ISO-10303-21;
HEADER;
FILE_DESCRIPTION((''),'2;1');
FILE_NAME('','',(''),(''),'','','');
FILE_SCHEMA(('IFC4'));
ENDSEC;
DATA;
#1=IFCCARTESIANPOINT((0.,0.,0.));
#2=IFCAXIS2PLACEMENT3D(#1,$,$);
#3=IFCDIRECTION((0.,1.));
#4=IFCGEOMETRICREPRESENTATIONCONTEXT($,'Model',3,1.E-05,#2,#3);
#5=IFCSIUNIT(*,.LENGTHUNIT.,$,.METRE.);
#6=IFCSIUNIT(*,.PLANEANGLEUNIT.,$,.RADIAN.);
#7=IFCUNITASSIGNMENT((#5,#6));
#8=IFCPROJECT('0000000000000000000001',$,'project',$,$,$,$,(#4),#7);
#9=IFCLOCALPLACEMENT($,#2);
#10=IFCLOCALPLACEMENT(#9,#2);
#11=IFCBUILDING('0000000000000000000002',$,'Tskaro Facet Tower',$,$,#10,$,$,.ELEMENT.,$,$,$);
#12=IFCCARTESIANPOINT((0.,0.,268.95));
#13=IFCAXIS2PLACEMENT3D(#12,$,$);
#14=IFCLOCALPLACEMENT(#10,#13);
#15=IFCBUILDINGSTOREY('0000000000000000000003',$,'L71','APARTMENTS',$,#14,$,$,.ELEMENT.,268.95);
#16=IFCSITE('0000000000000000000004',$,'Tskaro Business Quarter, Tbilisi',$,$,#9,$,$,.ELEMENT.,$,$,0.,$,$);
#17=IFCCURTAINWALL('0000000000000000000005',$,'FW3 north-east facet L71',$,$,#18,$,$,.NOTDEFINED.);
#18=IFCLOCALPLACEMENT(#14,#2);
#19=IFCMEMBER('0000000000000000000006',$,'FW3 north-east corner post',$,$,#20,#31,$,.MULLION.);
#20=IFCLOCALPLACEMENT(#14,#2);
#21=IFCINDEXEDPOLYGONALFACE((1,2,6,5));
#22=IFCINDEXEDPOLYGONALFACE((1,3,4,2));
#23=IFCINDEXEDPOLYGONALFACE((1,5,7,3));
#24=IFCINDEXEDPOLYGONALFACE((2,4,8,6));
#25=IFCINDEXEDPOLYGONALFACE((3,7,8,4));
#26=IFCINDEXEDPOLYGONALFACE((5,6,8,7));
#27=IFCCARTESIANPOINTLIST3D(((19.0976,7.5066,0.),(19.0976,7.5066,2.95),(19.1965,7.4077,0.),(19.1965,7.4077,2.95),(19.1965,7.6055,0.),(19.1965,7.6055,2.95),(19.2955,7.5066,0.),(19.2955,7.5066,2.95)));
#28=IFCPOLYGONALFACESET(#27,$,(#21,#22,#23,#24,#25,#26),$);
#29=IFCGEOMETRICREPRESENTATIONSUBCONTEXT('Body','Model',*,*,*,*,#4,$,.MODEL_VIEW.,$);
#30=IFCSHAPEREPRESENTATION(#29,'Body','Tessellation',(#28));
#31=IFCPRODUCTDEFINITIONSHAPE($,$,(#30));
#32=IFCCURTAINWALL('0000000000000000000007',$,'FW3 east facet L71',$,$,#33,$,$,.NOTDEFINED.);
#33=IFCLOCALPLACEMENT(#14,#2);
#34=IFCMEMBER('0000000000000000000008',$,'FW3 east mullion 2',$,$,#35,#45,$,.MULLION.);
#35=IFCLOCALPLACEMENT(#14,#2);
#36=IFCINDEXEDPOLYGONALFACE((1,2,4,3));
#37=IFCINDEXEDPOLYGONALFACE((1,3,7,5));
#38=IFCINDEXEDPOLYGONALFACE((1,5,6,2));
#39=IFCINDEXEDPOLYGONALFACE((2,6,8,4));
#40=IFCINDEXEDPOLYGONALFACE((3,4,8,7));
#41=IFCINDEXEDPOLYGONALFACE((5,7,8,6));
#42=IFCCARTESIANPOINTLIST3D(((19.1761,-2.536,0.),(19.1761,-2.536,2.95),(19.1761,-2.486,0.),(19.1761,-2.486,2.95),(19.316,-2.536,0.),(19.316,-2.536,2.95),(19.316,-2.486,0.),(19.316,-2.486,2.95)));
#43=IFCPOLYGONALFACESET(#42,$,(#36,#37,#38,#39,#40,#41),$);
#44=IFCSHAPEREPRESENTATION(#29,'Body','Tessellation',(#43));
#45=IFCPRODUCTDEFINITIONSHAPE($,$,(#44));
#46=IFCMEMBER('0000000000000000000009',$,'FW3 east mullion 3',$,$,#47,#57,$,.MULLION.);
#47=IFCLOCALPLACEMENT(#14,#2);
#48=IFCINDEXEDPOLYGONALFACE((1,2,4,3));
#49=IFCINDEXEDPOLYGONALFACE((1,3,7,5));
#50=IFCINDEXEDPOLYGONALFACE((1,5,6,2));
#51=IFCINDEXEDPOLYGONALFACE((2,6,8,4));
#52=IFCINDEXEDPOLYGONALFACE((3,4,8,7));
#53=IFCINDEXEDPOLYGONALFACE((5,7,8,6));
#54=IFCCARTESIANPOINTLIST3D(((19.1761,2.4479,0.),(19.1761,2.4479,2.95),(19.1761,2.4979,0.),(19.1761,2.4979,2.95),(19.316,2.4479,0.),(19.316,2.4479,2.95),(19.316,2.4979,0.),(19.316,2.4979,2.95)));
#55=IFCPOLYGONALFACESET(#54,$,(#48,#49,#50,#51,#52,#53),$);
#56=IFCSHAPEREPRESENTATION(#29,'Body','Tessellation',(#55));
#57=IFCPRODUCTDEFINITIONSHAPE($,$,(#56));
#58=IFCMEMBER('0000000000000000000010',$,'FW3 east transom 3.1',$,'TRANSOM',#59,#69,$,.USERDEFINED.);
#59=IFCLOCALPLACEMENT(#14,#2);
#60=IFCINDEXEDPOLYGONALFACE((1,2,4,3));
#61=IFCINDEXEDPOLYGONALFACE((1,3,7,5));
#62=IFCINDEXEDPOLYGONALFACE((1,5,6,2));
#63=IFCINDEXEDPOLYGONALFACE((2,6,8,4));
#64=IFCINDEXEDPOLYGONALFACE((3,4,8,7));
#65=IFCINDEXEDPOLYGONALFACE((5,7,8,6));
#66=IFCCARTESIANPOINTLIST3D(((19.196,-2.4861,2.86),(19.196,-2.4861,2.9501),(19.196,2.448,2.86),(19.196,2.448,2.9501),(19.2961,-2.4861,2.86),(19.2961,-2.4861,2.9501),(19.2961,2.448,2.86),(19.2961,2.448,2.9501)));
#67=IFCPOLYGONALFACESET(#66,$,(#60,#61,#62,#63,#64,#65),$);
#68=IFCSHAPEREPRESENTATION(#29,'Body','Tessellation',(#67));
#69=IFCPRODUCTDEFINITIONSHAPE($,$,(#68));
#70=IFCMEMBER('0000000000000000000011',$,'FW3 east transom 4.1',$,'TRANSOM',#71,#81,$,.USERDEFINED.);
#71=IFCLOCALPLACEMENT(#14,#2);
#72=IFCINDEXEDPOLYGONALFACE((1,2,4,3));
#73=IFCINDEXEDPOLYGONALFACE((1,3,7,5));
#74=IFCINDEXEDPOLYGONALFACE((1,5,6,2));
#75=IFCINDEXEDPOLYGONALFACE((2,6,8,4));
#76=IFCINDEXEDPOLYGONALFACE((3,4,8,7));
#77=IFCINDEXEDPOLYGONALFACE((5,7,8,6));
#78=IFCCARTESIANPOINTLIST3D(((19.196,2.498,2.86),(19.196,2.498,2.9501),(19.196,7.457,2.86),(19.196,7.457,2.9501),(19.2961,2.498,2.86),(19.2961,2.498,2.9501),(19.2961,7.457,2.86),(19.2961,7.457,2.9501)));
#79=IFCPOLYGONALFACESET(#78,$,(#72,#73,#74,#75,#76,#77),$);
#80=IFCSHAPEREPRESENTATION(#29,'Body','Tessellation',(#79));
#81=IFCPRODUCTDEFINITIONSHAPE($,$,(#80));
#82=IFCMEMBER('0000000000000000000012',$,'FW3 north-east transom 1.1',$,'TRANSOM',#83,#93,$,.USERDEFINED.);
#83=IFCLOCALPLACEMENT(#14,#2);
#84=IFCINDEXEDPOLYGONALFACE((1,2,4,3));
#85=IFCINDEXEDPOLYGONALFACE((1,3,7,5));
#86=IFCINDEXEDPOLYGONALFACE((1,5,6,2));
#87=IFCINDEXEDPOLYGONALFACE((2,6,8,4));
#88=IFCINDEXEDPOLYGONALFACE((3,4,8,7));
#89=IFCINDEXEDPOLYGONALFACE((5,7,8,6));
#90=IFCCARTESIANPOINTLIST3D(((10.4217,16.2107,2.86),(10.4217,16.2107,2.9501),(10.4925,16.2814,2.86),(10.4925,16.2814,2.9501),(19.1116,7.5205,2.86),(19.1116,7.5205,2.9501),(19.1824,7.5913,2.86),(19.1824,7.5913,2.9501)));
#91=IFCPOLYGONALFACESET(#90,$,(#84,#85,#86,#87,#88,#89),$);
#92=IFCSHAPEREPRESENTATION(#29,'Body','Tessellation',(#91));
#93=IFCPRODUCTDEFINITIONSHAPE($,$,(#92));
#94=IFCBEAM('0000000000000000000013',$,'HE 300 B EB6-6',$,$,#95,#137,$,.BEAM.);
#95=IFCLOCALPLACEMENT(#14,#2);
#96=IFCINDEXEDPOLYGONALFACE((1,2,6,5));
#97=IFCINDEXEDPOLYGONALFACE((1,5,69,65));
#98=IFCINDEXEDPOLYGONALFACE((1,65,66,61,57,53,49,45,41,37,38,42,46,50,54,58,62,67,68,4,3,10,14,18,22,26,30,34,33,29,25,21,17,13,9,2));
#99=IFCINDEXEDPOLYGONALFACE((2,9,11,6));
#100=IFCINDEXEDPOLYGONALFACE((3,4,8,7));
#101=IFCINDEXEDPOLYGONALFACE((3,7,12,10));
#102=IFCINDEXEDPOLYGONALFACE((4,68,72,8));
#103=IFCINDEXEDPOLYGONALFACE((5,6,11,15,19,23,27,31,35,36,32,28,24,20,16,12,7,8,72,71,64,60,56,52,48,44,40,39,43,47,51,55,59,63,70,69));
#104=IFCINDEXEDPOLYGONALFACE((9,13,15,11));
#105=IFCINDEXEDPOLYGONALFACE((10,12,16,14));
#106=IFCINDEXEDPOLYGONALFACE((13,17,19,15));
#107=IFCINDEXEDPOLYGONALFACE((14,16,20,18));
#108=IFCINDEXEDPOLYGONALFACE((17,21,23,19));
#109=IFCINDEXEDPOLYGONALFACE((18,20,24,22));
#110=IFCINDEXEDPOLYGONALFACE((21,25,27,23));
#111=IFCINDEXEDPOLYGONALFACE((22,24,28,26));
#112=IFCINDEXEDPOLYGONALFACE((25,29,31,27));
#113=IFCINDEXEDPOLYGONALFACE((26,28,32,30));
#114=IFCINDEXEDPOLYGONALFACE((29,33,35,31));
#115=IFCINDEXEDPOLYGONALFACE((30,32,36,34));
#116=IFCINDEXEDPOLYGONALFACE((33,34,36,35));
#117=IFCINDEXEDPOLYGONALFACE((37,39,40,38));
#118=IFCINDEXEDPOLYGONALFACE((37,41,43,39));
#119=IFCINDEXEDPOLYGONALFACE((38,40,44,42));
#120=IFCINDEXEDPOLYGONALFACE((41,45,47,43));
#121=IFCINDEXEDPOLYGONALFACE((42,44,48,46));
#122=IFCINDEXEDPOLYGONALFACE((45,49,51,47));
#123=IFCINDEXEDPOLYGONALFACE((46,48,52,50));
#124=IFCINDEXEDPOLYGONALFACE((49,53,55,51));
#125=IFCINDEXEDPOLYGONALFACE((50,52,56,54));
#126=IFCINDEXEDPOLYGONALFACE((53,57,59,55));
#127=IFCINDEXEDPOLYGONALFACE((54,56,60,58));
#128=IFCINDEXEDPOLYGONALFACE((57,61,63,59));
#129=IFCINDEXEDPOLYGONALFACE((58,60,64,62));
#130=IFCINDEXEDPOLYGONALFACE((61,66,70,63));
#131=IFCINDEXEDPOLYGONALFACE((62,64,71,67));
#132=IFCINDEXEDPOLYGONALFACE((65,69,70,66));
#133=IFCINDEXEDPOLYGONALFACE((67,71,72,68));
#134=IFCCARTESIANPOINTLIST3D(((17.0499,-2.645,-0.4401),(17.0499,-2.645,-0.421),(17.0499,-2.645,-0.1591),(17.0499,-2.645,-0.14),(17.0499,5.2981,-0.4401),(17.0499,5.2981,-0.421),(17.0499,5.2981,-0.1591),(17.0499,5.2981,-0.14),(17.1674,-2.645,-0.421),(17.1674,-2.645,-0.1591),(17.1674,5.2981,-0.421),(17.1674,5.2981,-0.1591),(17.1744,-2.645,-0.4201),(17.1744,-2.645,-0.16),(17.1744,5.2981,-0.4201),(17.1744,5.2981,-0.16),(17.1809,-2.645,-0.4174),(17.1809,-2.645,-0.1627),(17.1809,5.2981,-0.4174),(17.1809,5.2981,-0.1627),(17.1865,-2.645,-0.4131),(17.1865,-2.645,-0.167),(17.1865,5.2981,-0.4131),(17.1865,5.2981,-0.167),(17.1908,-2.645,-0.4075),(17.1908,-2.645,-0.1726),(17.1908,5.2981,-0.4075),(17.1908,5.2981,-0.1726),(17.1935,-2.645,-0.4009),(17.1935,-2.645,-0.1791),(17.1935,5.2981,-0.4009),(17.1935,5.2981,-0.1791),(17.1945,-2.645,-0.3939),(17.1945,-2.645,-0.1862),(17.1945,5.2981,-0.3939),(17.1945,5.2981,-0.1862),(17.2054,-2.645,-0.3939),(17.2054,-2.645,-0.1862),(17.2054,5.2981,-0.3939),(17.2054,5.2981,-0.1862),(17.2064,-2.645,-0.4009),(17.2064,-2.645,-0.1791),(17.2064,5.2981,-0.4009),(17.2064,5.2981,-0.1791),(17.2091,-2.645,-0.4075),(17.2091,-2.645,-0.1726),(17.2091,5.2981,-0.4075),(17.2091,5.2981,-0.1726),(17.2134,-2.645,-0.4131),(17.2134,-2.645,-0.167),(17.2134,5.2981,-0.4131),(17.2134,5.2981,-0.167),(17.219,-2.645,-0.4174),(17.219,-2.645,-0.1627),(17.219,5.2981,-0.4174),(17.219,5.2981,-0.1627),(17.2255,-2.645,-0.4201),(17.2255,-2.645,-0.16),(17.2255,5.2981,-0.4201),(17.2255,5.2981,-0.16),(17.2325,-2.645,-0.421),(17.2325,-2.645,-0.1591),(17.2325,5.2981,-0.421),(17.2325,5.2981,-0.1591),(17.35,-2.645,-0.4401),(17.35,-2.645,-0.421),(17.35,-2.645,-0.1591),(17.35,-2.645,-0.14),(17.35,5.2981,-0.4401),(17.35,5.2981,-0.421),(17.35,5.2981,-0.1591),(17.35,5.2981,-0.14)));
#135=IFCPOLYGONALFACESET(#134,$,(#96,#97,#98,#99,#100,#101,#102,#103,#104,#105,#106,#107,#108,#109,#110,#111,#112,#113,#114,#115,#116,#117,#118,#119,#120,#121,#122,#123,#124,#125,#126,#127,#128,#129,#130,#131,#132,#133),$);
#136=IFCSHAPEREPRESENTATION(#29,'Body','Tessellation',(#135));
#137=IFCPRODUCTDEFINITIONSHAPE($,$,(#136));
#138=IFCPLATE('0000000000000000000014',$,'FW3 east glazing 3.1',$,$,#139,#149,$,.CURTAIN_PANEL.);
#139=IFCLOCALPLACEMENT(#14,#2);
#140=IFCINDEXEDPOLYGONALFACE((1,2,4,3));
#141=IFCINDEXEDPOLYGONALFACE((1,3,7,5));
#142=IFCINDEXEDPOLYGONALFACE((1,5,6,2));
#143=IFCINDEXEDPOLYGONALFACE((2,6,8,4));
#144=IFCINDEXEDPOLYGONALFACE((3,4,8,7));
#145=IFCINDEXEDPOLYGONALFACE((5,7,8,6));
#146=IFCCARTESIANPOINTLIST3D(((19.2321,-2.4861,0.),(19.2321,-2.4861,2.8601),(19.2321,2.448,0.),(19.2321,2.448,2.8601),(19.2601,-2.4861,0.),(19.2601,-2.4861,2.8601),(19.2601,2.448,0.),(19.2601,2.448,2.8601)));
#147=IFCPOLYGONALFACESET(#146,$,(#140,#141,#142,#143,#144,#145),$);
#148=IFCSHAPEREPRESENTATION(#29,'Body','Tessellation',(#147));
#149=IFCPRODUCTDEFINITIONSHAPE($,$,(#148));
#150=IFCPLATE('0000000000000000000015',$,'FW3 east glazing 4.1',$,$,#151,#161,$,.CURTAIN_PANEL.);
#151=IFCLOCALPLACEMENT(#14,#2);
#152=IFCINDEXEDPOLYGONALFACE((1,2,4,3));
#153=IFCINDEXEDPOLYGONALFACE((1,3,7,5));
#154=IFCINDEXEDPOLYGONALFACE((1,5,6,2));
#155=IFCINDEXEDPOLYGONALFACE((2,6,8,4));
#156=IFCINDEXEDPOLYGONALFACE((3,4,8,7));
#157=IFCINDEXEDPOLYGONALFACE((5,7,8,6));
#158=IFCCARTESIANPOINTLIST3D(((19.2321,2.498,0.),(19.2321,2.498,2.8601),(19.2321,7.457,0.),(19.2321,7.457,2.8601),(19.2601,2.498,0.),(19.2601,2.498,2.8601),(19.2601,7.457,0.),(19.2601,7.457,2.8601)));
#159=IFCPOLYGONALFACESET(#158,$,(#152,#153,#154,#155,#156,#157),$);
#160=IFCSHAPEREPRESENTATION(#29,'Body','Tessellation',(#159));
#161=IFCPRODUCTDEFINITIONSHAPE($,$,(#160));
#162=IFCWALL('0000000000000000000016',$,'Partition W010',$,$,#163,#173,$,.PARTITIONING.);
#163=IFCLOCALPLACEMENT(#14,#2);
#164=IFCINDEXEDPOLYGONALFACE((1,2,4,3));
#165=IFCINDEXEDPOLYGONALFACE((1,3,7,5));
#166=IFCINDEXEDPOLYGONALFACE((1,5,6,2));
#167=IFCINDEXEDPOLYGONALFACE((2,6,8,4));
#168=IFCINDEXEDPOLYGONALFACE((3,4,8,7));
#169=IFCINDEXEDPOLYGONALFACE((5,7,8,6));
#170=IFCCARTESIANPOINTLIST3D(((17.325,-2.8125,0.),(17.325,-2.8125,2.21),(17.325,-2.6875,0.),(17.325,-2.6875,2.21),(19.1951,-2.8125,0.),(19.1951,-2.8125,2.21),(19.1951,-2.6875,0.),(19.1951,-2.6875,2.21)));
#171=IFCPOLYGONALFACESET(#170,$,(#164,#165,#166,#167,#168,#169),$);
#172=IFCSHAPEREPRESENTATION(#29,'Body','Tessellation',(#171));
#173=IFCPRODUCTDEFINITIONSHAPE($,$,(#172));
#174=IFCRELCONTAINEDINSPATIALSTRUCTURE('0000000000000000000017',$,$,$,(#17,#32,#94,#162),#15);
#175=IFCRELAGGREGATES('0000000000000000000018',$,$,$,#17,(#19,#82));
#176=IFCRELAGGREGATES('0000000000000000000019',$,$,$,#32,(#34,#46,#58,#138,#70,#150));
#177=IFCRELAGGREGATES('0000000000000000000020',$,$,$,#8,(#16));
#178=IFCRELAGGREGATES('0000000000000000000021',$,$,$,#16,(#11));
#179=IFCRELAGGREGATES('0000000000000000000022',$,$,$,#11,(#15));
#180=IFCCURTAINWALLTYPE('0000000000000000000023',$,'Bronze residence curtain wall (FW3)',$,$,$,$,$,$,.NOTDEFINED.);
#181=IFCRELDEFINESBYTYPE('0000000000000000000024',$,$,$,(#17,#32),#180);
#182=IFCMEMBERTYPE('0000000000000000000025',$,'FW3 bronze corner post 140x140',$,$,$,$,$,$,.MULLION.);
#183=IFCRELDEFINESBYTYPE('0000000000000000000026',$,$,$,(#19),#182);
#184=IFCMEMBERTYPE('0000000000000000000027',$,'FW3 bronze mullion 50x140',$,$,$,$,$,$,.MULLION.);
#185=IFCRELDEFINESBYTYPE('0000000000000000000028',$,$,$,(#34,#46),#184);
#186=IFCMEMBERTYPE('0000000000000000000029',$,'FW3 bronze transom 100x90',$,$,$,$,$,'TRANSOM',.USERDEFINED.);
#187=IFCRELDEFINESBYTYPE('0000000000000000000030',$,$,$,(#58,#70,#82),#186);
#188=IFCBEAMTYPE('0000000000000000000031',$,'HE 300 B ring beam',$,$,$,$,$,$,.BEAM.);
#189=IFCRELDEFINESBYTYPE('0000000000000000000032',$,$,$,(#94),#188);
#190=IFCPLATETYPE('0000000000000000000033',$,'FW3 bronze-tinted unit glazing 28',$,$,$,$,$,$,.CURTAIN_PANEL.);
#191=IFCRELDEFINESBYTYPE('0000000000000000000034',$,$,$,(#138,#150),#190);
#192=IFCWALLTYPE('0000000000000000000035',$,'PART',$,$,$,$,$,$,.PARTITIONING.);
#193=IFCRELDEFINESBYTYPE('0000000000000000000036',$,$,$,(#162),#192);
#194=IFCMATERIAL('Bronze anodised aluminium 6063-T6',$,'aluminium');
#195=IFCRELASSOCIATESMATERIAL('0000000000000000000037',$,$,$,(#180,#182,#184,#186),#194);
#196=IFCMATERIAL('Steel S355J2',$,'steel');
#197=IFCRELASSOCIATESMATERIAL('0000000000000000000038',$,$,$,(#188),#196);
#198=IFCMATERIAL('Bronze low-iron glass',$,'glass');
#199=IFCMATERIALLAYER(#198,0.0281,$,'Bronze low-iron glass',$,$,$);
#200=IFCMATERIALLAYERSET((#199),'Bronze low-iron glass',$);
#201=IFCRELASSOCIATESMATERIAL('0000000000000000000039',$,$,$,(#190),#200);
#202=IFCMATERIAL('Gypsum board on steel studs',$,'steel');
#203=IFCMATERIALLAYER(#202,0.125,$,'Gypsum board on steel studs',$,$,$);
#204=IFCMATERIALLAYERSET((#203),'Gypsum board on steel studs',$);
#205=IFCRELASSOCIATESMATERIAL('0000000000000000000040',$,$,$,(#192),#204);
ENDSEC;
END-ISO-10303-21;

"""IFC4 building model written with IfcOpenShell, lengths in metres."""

from ifc_helpers import new_model, si_unit, direction, frame, frame_2d, origin, origin_2d, place, context, subcontext, project, spatial, rectangle, i_section, extrude, material, layer, layer_set, material_profile, profile_set, type_object, element, aggregate, save


model = new_model("IFC4")

# Units and contexts
model_context = context("Model", 3, precision=1e-05, world=origin(), true_north=direction((0.0, 1.0)))
body_context = subcontext(model_context, "Body", "Model", "MODEL_VIEW")
ifc_project = project(units=[si_unit("LENGTHUNIT", "METRE"), si_unit("PLANEANGLEUNIT", "RADIAN")], contexts=[model_context])

# Site, building, storey
site_placement = place(None, origin())
site = spatial("IfcSite", under=ifc_project, at=site_placement, Name="Tskaro Business Quarter, Tbilisi", CompositionType="ELEMENT", RefElevation=0.0)
building_placement = place(site_placement, origin())
building = spatial("IfcBuilding", under=site, at=building_placement, Name="Tskaro Facet Tower", CompositionType="ELEMENT")
storey_placement = place(building_placement, frame((0.0, 0.0, 268.95)))
storey = spatial("IfcBuildingStorey", under=building, at=storey_placement, Name="L71", Description="APARTMENTS", CompositionType="ELEMENT", Elevation=268.95)

# Shared definitions
ifc_material_1 = material(Name="Steel S355J2", Category="steel")

# Curtain wall, member
ifc_material_2 = material(Name="Bronze anodised aluminium 6063-T6", Category="aluminium")
curtain_wall_type = type_object("IfcCurtainWallType", Name="Bronze residence curtain wall (FW3)", PredefinedType="NOTDEFINED", material=ifc_material_2)
curtain_wall_1_placement = place(storey_placement, origin())
curtain_wall_1 = element("IfcCurtainWall", 1, at=curtain_wall_1_placement, inside=storey, type_object=curtain_wall_type, Name="FW3 north-east facet L71", PredefinedType="NOTDEFINED")
ifc_material_profile_1 = material_profile(ifc_material_2, rectangle(XDim=0.1399, YDim=0.1399, at=origin_2d()), Name="Corner post 140x140")
ifc_profile_set_1 = profile_set([ifc_material_profile_1], Name="Bronze anodised aluminium 6063-T6")
member_type_1 = type_object("IfcMemberType", Name="FW3 bronze corner post 140x140", PredefinedType="MULLION", material=ifc_profile_set_1)
member_1_placement = place(storey_placement, frame((19.1965, 7.5066, 0.0), z_axis=(0.0, 0.0, 1.0), x_axis=(-0.707107, 0.707107, 0.0)))
member_1 = element("IfcMember", 2, at=member_1_placement, type_object=member_type_1, Name="FW3 north-east corner post", PredefinedType="MULLION", context=body_context, shape_type="SweptSolid", body=[
    extrude(rectangle(XDim=0.1399, YDim=0.1399, at=origin_2d()), origin(), (0.0, 0.0, 1.0), 2.95),
])

# Curtain wall, members
curtain_wall_2_placement = place(storey_placement, origin())
curtain_wall_2 = element("IfcCurtainWall", 3, at=curtain_wall_2_placement, inside=storey, type_object=curtain_wall_type, Name="FW3 east facet L71", PredefinedType="NOTDEFINED")
ifc_material_profile_2 = material_profile(ifc_material_2, rectangle(XDim=0.05, YDim=0.1399, at=origin_2d()), Name="Mullion 50x140")
ifc_profile_set_2 = profile_set([ifc_material_profile_2], Name="Bronze anodised aluminium 6063-T6")
member_type_2 = type_object("IfcMemberType", Name="FW3 bronze mullion 50x140", PredefinedType="MULLION", material=ifc_profile_set_2)
member_2_placement = place(storey_placement, frame((19.2461, -2.511, 0.0), z_axis=(0.0, 0.0, 1.0), x_axis=(0.0, 1.0, 0.0)))
member_2 = element("IfcMember", 4, at=member_2_placement, type_object=member_type_2, Name="FW3 east mullion 2", PredefinedType="MULLION", context=body_context, shape_type="SweptSolid", body=[
    extrude(rectangle(XDim=0.05, YDim=0.1399, at=origin_2d()), origin(), (0.0, 0.0, 1.0), 2.95),
])
member_3_placement = place(storey_placement, frame((19.2461, 2.4729, 0.0), z_axis=(0.0, 0.0, 1.0), x_axis=(0.0, 1.0, 0.0)))
member_3 = element("IfcMember", 5, at=member_3_placement, type_object=member_type_2, Name="FW3 east mullion 3", PredefinedType="MULLION", context=body_context, shape_type="SweptSolid", body=[
    extrude(rectangle(XDim=0.05, YDim=0.1399, at=origin_2d()), origin(), (0.0, 0.0, 1.0), 2.95),
])
ifc_material_profile_3 = material_profile(ifc_material_2, rectangle(XDim=0.1001, YDim=0.0901, at=origin_2d()), Name="Transom 100x90")
ifc_profile_set_3 = profile_set([ifc_material_profile_3], Name="Bronze anodised aluminium 6063-T6")
member_type_3 = type_object("IfcMemberType", Name="FW3 bronze transom 100x90", ElementType="TRANSOM", PredefinedType="USERDEFINED", material=ifc_profile_set_3)
member_4_placement = place(storey_placement, frame((19.2461, -2.4861, 2.905), z_axis=(0.0, 1.0, 0.0), x_axis=(-1.0, 0.0, 0.0)))
member_4 = element("IfcMember", 6, at=member_4_placement, type_object=member_type_3, Name="FW3 east transom 3.1", ObjectType="TRANSOM", PredefinedType="USERDEFINED", context=body_context, shape_type="SweptSolid", body=[
    extrude(rectangle(XDim=0.1001, YDim=0.0901, at=origin_2d()), origin(), (0.0, 0.0, 1.0), 4.9341),
])
member_5_placement = place(storey_placement, frame((19.2461, 2.498, 2.905), z_axis=(0.0, 1.0, 0.0), x_axis=(-1.0, 0.0, 0.0)))
member_5 = element("IfcMember", 7, at=member_5_placement, type_object=member_type_3, Name="FW3 east transom 4.1", ObjectType="TRANSOM", PredefinedType="USERDEFINED", context=body_context, shape_type="SweptSolid", body=[
    extrude(rectangle(XDim=0.1001, YDim=0.0901, at=origin_2d()), origin(), (0.0, 0.0, 1.0), 4.959),
])

# Member
member_6_placement = place(storey_placement, frame((19.147, 7.5559, 2.905), z_axis=(-0.707097, 0.707117, 0.0), x_axis=(-0.707117, -0.707097, 0.0)))
member_6 = element("IfcMember", 8, at=member_6_placement, type_object=member_type_3, Name="FW3 north-east transom 1.1", ObjectType="TRANSOM", PredefinedType="USERDEFINED", context=body_context, shape_type="SweptSolid", body=[
    extrude(rectangle(XDim=0.1001, YDim=0.0901, at=origin_2d()), origin(), (0.0, 0.0, 1.0), 12.2896),
])
aggregate(curtain_wall_1, [member_1, member_6])

# Beam
ifc_material_profile_4 = material_profile(ifc_material_1, i_section(OverallWidth=0.3, OverallDepth=0.3, WebThickness=0.011, FlangeThickness=0.019, FilletRadius=0.0271, at=origin_2d()), Name="HE 300 B")
ifc_profile_set_4 = profile_set([ifc_material_profile_4], Name="Steel S355J2")
beam_type = type_object("IfcBeamType", Name="HE 300 B ring beam", PredefinedType="BEAM", material=ifc_profile_set_4)
beam_placement = place(storey_placement, frame((17.2, -2.645, -0.29), z_axis=(0.0, 1.0, 0.0), x_axis=(-1.0, 0.0, 0.0)))
element("IfcBeam", 9, at=beam_placement, inside=storey, type_object=beam_type, Name="HE 300 B EB6-6", PredefinedType="BEAM", context=body_context, shape_type="SweptSolid", body=[
    extrude(i_section(OverallWidth=0.3, OverallDepth=0.3, WebThickness=0.011, FlangeThickness=0.019, FilletRadius=0.0271, at=origin_2d()), origin(), (0.0, 0.0, 1.0), 7.9431),
])

# Plates
ifc_material_3 = material(Name="Bronze low-iron glass", Category="glass")
ifc_layer_1 = layer(ifc_material_3, 0.0281, Name="Bronze low-iron glass")
ifc_layer_set_1 = layer_set([ifc_layer_1], Name="Bronze low-iron glass")
plate_type = type_object("IfcPlateType", Name="FW3 bronze-tinted unit glazing 28", PredefinedType="CURTAIN_PANEL", material=ifc_layer_set_1)
plate_1_placement = place(storey_placement, frame((19.2461, -0.019, 0.0), z_axis=(0.0, 0.0, 1.0), x_axis=(0.0, 1.0, 0.0)))
plate_1 = element("IfcPlate", 10, at=plate_1_placement, type_object=plate_type, Name="FW3 east glazing 3.1", PredefinedType="CURTAIN_PANEL", context=body_context, shape_type="SweptSolid", body=[
    extrude(rectangle(XDim=4.9341, YDim=0.0281, at=origin_2d()), origin(), (0.0, 0.0, 1.0), 2.8601),
])
plate_2_placement = place(storey_placement, frame((19.2461, 4.9775, 0.0), z_axis=(0.0, 0.0, 1.0), x_axis=(0.0, 1.0, 0.0)))
plate_2 = element("IfcPlate", 11, at=plate_2_placement, type_object=plate_type, Name="FW3 east glazing 4.1", PredefinedType="CURTAIN_PANEL", context=body_context, shape_type="SweptSolid", body=[
    extrude(rectangle(XDim=4.959, YDim=0.0281, at=origin_2d()), origin(), (0.0, 0.0, 1.0), 2.8601),
])
aggregate(curtain_wall_2, [member_2, member_3, member_4, plate_1, member_5, plate_2])

# Wall
ifc_material_4 = material(Name="Gypsum board on steel studs", Category="steel")
ifc_layer_2 = layer(ifc_material_4, 0.125, Name="Gypsum board on steel studs")
ifc_layer_set_2 = layer_set([ifc_layer_2], Name="Gypsum board on steel studs")
wall_type = type_object("IfcWallType", Name="PART", PredefinedType="PARTITIONING", material=ifc_layer_set_2)
wall_placement = place(storey_placement, frame((17.325, -2.75, 0.0), z_axis=(0.0, 0.0, 1.0), x_axis=(1.0, 0.0, 0.0)))
element("IfcWall", 12, at=wall_placement, inside=storey, type_object=wall_type, Name="Partition W010", PredefinedType="PARTITIONING", context=body_context, shape_type="SweptSolid", body=[
    extrude(rectangle(XDim=1.8701, YDim=0.125, at=frame_2d((0.9351, 0.0))), origin(), (0.0, 0.0, 1.0), 2.21),
])

save(model, "model.ifc")
